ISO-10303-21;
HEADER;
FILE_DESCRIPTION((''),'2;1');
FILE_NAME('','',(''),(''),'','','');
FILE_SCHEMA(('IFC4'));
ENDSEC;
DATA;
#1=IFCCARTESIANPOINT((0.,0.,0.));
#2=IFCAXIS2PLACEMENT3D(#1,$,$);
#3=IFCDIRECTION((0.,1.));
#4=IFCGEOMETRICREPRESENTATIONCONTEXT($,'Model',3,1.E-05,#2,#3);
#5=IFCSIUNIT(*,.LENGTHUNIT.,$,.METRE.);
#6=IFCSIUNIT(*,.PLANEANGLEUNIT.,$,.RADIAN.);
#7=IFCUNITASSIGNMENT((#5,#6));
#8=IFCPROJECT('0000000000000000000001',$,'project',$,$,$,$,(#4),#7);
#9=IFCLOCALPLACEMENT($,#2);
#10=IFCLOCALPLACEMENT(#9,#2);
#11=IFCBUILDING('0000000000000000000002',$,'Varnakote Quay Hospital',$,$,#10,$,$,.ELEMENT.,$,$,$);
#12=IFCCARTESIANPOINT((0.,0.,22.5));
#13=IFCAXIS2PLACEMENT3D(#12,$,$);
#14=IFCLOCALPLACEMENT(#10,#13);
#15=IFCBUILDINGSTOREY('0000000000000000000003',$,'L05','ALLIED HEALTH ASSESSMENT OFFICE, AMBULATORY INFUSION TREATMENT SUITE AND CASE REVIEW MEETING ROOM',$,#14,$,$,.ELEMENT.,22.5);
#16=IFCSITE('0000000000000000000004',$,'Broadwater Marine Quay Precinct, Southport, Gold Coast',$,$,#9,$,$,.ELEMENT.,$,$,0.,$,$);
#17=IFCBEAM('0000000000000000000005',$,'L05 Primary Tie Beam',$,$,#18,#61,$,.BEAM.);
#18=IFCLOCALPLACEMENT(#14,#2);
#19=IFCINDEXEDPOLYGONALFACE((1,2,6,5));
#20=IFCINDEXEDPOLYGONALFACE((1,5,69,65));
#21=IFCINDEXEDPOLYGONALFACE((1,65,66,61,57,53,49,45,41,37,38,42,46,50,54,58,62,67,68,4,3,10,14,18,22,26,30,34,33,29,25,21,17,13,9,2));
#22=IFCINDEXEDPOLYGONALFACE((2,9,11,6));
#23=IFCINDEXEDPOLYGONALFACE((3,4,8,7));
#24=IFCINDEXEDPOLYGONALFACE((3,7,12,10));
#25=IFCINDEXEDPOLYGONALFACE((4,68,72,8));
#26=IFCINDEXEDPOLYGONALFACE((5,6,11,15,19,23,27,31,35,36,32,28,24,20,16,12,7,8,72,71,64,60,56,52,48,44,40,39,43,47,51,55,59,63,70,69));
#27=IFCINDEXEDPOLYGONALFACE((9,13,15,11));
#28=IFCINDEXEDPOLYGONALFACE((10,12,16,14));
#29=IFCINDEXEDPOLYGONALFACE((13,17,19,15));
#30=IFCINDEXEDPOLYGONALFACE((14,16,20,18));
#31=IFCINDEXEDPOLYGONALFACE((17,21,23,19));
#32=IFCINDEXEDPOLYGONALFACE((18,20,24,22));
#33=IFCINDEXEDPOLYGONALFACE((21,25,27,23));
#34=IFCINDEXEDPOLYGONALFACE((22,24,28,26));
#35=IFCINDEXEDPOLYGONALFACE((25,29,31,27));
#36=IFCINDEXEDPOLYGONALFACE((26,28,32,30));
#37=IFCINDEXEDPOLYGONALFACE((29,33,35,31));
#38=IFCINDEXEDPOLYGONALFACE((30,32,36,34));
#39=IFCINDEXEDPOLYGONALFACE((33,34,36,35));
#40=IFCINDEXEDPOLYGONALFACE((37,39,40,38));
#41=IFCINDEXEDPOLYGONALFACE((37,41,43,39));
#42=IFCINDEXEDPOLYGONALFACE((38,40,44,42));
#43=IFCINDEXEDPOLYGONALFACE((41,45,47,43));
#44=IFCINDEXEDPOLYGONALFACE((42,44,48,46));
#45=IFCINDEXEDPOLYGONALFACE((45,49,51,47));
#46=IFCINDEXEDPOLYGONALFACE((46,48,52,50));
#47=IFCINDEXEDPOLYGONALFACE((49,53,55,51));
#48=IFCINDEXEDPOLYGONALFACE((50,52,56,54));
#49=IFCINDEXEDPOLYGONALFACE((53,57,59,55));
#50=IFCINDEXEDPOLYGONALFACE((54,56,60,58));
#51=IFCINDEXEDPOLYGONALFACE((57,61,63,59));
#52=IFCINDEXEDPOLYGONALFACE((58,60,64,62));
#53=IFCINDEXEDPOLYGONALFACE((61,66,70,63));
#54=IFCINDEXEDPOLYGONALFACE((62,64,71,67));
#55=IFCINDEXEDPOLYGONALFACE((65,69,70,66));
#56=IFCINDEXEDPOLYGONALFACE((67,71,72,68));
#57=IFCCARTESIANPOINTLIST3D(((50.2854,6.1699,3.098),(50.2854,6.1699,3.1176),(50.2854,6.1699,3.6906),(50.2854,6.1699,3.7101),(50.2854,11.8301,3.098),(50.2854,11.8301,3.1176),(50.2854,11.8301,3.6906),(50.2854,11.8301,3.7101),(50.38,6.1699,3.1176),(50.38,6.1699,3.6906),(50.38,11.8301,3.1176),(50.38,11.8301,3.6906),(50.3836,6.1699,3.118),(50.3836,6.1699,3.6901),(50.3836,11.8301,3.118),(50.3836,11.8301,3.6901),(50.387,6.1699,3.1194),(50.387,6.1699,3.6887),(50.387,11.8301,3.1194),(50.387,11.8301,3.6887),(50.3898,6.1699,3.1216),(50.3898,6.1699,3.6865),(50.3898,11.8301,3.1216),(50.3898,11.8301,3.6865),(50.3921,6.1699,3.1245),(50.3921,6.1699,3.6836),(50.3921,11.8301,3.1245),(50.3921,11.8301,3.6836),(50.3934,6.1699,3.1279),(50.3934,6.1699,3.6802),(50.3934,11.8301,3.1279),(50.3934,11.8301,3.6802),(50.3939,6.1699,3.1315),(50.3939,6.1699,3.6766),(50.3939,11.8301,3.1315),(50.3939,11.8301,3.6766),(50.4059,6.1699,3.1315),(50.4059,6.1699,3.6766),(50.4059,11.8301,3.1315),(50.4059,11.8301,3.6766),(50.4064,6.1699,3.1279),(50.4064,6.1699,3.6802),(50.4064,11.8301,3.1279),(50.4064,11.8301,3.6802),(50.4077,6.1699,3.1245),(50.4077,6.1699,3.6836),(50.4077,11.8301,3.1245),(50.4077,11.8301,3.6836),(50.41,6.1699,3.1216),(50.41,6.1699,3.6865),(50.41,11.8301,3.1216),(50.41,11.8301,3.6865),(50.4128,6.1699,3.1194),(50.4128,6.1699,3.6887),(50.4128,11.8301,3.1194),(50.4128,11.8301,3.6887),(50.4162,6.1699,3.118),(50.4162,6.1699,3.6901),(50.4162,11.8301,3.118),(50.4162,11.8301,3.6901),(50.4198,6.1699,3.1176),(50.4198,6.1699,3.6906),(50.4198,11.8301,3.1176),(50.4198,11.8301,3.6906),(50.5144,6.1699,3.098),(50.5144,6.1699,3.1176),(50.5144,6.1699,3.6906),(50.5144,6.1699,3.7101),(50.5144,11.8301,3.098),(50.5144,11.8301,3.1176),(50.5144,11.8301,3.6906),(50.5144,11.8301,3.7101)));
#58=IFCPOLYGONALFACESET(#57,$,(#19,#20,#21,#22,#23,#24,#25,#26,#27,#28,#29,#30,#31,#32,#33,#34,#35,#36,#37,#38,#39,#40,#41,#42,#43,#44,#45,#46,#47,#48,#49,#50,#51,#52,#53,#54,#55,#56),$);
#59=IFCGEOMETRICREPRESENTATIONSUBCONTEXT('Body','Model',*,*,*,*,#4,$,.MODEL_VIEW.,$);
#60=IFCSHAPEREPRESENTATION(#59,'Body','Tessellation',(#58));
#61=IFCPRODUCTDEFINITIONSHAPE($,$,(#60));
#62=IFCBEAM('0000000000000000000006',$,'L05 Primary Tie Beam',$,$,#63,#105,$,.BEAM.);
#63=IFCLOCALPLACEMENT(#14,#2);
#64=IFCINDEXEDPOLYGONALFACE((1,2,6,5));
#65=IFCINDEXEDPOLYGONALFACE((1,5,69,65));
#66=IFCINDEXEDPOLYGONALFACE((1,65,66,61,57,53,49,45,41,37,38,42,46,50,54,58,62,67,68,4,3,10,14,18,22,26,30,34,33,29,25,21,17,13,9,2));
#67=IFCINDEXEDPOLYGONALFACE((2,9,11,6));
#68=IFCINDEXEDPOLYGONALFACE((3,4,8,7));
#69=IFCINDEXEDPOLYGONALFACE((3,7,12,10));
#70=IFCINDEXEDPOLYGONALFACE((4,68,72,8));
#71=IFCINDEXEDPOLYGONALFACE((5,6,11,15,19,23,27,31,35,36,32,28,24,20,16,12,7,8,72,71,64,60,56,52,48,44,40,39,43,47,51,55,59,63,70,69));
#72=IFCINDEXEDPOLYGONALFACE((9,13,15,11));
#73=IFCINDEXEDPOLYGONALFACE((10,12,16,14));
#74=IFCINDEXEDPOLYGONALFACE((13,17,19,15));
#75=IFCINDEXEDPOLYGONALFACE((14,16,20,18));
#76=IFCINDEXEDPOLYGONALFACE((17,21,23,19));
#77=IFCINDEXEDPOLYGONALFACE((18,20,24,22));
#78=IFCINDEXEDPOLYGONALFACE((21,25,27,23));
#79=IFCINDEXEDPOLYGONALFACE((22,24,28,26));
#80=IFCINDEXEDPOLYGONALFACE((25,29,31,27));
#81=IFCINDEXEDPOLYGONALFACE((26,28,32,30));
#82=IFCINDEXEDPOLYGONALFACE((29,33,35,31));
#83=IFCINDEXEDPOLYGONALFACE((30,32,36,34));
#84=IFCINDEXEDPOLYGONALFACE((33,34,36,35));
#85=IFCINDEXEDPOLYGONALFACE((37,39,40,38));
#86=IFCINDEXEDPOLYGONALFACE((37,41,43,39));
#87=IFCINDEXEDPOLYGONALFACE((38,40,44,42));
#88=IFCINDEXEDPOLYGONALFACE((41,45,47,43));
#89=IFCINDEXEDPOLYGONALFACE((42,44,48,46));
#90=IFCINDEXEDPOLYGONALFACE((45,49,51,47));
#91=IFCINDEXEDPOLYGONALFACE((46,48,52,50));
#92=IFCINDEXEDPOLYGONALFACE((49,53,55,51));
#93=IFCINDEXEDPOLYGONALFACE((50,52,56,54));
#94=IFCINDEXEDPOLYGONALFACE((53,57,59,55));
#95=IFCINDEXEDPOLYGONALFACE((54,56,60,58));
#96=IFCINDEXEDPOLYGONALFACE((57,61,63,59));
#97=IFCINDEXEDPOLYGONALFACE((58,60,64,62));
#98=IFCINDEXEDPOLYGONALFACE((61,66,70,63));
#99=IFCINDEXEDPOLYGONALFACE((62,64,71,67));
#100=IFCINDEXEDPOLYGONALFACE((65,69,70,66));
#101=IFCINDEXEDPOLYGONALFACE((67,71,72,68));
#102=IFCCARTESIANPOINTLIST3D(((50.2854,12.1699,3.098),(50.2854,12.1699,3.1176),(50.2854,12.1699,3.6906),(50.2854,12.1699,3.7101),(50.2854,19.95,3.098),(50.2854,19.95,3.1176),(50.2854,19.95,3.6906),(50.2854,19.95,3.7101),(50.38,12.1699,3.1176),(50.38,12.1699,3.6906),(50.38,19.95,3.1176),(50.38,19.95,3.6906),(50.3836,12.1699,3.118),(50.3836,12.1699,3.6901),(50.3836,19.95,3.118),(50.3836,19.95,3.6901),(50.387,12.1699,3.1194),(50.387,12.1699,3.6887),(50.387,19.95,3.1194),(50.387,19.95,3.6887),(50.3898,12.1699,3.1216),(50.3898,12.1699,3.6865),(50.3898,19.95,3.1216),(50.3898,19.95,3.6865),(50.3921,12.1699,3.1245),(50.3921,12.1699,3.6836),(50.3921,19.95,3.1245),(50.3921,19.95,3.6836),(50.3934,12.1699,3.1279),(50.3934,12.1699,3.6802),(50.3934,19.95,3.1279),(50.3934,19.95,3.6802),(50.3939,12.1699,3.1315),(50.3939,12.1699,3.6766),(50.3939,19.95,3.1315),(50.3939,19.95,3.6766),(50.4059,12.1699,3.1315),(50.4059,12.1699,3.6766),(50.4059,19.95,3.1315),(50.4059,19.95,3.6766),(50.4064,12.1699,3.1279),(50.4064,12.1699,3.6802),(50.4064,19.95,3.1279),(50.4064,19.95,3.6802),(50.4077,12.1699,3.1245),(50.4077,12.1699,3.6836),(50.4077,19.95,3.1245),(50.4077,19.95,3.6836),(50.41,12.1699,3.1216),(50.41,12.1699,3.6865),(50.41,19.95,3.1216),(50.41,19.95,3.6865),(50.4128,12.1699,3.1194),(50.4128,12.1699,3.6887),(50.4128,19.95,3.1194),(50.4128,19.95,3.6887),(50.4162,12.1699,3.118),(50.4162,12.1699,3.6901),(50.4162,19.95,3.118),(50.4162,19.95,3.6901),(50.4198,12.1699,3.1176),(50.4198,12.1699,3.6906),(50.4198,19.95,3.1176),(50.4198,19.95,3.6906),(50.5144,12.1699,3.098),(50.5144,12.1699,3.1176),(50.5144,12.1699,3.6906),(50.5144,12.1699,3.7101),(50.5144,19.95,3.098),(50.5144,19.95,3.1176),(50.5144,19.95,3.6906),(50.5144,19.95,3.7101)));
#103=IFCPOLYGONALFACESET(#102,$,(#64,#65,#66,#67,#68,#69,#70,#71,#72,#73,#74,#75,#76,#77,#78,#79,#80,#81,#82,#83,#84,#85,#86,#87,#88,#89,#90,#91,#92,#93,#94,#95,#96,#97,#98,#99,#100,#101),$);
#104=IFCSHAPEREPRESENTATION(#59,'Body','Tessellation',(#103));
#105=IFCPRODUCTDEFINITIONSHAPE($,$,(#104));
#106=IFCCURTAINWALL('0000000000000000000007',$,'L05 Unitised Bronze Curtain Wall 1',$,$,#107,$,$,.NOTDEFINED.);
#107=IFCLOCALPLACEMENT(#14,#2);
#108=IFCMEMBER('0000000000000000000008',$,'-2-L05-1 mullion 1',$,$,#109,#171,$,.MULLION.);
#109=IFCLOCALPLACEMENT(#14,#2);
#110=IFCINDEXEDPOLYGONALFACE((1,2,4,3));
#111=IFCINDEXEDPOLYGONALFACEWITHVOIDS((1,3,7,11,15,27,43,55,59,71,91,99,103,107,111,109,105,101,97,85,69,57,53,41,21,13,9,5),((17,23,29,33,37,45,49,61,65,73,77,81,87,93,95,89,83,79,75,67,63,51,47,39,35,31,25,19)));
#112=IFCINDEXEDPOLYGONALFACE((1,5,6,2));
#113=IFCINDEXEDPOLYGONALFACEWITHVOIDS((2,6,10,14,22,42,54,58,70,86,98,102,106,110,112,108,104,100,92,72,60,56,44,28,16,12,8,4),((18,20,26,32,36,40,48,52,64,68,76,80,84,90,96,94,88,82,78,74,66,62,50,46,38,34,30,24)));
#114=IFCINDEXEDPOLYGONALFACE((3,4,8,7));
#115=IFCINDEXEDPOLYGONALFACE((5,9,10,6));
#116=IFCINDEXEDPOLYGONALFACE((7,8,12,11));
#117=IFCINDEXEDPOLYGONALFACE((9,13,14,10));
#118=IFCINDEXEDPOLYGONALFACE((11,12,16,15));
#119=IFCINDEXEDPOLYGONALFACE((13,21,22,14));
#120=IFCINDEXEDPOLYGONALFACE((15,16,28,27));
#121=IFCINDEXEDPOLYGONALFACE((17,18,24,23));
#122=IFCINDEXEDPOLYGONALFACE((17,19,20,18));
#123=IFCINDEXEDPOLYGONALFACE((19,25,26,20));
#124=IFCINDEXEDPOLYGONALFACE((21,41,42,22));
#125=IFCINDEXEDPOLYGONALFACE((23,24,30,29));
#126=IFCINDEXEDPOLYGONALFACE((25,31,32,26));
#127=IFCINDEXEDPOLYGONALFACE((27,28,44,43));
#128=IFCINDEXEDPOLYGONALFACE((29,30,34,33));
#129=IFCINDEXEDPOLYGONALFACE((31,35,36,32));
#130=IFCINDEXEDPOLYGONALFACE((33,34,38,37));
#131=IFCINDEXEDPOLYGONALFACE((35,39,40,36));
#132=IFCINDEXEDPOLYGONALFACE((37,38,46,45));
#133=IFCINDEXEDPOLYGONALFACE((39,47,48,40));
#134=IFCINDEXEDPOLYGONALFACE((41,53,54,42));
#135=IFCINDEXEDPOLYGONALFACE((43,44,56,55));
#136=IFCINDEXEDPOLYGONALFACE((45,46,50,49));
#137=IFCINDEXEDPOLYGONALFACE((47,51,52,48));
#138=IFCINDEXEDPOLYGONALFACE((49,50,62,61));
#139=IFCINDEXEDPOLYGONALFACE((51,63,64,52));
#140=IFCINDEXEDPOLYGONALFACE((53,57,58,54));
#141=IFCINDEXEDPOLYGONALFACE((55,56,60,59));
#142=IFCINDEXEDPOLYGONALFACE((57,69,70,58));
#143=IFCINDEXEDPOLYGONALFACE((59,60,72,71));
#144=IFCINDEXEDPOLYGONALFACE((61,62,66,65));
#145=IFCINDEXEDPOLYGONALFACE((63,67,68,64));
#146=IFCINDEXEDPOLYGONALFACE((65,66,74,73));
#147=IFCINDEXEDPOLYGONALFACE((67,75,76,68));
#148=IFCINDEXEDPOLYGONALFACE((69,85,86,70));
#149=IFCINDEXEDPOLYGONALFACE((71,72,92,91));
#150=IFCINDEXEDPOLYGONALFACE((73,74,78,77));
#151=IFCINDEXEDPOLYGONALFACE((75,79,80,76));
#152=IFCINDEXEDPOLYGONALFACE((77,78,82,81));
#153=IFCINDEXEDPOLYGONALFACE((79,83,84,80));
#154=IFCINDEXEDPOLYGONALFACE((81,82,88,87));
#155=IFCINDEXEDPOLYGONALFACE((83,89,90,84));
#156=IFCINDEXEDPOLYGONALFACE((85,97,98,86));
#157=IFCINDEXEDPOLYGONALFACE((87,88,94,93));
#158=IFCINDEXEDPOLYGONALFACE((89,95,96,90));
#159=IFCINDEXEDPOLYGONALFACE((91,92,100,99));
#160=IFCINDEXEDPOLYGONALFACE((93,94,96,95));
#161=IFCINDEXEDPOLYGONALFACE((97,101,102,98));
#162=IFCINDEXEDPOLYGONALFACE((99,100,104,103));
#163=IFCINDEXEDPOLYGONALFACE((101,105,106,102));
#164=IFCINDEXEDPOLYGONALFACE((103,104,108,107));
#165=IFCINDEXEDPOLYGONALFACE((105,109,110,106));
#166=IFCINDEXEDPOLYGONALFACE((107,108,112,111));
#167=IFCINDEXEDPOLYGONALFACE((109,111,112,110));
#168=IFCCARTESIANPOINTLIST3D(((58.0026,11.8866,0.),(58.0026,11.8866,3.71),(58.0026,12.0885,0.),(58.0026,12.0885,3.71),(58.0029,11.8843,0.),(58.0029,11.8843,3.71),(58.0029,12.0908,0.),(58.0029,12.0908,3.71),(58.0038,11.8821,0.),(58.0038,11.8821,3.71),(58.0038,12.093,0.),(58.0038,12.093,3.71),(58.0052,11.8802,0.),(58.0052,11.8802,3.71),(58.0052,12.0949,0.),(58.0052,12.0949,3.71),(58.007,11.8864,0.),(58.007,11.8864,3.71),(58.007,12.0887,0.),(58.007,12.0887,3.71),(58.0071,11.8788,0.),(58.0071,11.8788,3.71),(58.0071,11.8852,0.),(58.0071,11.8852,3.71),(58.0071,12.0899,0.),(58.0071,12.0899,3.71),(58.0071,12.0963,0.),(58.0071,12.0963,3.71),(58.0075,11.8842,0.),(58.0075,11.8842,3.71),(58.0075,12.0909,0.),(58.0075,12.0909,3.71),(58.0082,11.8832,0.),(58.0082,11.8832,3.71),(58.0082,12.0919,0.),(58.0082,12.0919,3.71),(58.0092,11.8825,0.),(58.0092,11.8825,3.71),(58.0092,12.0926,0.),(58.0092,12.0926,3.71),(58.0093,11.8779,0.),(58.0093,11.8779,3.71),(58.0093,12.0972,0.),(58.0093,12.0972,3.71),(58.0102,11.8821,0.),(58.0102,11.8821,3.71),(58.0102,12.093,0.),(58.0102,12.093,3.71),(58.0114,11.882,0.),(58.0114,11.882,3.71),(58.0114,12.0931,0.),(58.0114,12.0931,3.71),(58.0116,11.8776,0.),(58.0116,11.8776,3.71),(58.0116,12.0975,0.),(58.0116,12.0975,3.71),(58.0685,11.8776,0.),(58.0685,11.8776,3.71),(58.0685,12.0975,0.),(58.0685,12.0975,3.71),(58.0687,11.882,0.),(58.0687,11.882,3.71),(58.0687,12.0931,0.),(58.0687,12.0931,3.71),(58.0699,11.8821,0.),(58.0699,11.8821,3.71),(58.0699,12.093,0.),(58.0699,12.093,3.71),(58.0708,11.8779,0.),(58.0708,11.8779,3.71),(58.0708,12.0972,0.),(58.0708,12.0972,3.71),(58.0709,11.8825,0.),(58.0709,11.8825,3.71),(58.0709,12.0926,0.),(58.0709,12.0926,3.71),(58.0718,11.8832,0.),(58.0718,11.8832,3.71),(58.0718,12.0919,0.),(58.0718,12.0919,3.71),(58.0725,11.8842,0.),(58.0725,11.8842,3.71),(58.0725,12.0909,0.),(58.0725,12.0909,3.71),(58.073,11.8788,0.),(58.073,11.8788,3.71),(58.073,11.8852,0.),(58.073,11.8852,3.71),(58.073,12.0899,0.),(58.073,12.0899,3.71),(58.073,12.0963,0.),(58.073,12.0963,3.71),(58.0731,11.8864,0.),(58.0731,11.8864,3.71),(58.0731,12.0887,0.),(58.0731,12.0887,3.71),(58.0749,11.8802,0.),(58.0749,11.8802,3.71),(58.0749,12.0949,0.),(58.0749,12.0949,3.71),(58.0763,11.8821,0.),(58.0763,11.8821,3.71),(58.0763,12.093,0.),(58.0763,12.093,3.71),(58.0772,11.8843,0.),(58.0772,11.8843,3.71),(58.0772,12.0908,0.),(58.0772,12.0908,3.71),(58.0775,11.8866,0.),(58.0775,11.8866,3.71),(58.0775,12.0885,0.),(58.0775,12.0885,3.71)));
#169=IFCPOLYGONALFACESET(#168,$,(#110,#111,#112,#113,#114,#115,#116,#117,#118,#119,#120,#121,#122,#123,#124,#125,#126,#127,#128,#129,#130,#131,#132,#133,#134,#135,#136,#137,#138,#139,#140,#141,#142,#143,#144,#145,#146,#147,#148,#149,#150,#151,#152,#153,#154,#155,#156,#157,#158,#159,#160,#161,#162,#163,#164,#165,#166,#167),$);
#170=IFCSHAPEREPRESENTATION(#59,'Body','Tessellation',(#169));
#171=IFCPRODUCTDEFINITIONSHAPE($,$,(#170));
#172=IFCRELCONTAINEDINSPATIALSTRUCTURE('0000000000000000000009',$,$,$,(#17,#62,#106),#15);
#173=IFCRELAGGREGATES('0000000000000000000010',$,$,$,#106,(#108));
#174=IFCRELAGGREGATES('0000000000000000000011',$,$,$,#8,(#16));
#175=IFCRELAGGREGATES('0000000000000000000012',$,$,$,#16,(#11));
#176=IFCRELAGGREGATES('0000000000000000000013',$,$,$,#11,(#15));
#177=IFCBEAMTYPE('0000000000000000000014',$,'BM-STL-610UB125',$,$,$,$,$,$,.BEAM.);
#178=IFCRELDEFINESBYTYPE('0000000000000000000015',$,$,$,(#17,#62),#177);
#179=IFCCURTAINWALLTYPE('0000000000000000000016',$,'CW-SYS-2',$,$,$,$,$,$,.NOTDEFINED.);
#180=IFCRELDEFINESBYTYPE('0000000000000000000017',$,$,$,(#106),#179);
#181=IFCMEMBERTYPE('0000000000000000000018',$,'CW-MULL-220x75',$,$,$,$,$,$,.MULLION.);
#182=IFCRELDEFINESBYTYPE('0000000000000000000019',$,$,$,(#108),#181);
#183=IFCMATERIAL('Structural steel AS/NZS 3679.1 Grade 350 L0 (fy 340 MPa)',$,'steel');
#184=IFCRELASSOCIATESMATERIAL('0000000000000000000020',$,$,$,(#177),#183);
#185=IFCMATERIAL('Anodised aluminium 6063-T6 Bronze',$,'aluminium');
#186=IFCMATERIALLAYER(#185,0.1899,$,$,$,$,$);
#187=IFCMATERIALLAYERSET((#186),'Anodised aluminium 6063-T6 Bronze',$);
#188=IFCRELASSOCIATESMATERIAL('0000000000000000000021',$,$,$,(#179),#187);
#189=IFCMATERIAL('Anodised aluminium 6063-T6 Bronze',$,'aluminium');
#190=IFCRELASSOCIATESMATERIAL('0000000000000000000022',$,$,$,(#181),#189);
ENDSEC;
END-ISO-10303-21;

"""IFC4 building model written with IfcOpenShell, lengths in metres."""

from ifc_helpers import new_model, si_unit, direction, frame, origin, origin_2d, place, context, subcontext, project, spatial, hollow_rectangle, i_section, extrude, material, layer, layer_set, material_profile, profile_set, type_object, element, aggregate, save


model = new_model("IFC4")

# Units and contexts
model_context = context("Model", 3, precision=1e-05, world=origin(), true_north=direction((0.0, 1.0)))
body_context = subcontext(model_context, "Body", "Model", "MODEL_VIEW")
ifc_project = project(units=[si_unit("LENGTHUNIT", "METRE"), si_unit("PLANEANGLEUNIT", "RADIAN")], contexts=[model_context])

# Site, building, storey
site_placement = place(None, origin())
site = spatial("IfcSite", under=ifc_project, at=site_placement, Name="Broadwater Marine Quay Precinct, Southport, Gold Coast", CompositionType="ELEMENT", RefElevation=0.0)
building_placement = place(site_placement, origin())
building = spatial("IfcBuilding", under=site, at=building_placement, Name="Varnakote Quay Hospital", CompositionType="ELEMENT")
storey_placement = place(building_placement, frame((0.0, 0.0, 22.5)))
storey = spatial("IfcBuildingStorey", under=building, at=storey_placement, Name="L05", Description="ALLIED HEALTH ASSESSMENT OFFICE, AMBULATORY INFUSION TREATMENT SUITE AND CASE REVIEW MEETING ROOM", CompositionType="ELEMENT", Elevation=22.5)

# Beams
ifc_material_1 = material(Name="Structural steel AS/NZS 3679.1 Grade 350 L0 (fy 340 MPa)", Category="steel")
ifc_material_profile_1 = material_profile(ifc_material_1, i_section(OverallWidth=0.229, OverallDepth=0.6121, WebThickness=0.012, FlangeThickness=0.0195, FilletRadius=0.0139, at=origin_2d()), Name="610UB125")
ifc_profile_set_1 = profile_set([ifc_material_profile_1], Name="Structural steel AS/NZS 3679.1 Grade 350 L0 (fy 340 MPa)")
beam_type = type_object("IfcBeamType", Name="BM-STL-610UB125", PredefinedType="BEAM", material=ifc_profile_set_1)
beam_1_placement = place(storey_placement, frame((50.3999, 6.1699, 3.4041), z_axis=(0.0, 1.0, 0.0), x_axis=(-1.0, 0.0, 0.0)))
element("IfcBeam", 1, at=beam_1_placement, inside=storey, type_object=beam_type, Name="L05 Primary Tie Beam", PredefinedType="BEAM", context=body_context, shape_type="SweptSolid", body=[
    extrude(i_section(OverallWidth=0.229, OverallDepth=0.6121, WebThickness=0.012, FlangeThickness=0.0195, FilletRadius=0.0139, at=origin_2d()), origin(), (0.0, 0.0, 1.0), 5.6602),
])
beam_2_placement = place(storey_placement, frame((50.3999, 12.1699, 3.4041), z_axis=(0.0, 1.0, 0.0), x_axis=(-1.0, 0.0, 0.0)))
element("IfcBeam", 2, at=beam_2_placement, inside=storey, type_object=beam_type, Name="L05 Primary Tie Beam", PredefinedType="BEAM", context=body_context, shape_type="SweptSolid", body=[
    extrude(i_section(OverallWidth=0.229, OverallDepth=0.6121, WebThickness=0.012, FlangeThickness=0.0195, FilletRadius=0.0139, at=origin_2d()), origin(), (0.0, 0.0, 1.0), 7.78),
])

# Curtain wall, member
ifc_material_2 = material(Name="Anodised aluminium 6063-T6 Bronze", Category="aluminium")
ifc_layer_1 = layer(ifc_material_2, 0.1899)
ifc_layer_set_1 = layer_set([ifc_layer_1], Name="Anodised aluminium 6063-T6 Bronze")
curtain_wall_type = type_object("IfcCurtainWallType", Name="CW-SYS-2", PredefinedType="NOTDEFINED", material=ifc_layer_set_1)
curtain_wall_placement = place(storey_placement, origin())
curtain_wall = element("IfcCurtainWall", 3, at=curtain_wall_placement, inside=storey, type_object=curtain_wall_type, Name="L05 Unitised Bronze Curtain Wall 1", PredefinedType="NOTDEFINED")
ifc_material_3 = material(Name="Anodised aluminium 6063-T6 Bronze", Category="aluminium")
ifc_material_profile_2 = material_profile(ifc_material_3, hollow_rectangle(XDim=0.075, YDim=0.22, WallThickness=0.0044, InnerFilletRadius=0.0044, OuterFilletRadius=0.009, at=origin_2d()), Name="CW-MULL-220x75")
ifc_profile_set_2 = profile_set([ifc_material_profile_2], Name="Anodised aluminium 6063-T6 Bronze")
member_type_1 = type_object("IfcMemberType", Name="CW-MULL-220x75", PredefinedType="MULLION", material=ifc_profile_set_2)
member_1_placement = place(storey_placement, frame((58.04, 11.9875, 0.0), z_axis=(0.0, 0.0, 1.0), x_axis=(-1.0, 0.0, 0.0)))
member_1 = element("IfcMember", 4, at=member_1_placement, type_object=member_type_1, Name="-2-L05-1 mullion 1", PredefinedType="MULLION", context=body_context, shape_type="SweptSolid", body=[
    extrude(hollow_rectangle(XDim=0.075, YDim=0.22, WallThickness=0.0044, InnerFilletRadius=0.0044, OuterFilletRadius=0.009, at=origin_2d()), origin(), (0.0, 0.0, 1.0), 3.71),
])
aggregate(curtain_wall, [member_1])

save(model, "model.ifc")
